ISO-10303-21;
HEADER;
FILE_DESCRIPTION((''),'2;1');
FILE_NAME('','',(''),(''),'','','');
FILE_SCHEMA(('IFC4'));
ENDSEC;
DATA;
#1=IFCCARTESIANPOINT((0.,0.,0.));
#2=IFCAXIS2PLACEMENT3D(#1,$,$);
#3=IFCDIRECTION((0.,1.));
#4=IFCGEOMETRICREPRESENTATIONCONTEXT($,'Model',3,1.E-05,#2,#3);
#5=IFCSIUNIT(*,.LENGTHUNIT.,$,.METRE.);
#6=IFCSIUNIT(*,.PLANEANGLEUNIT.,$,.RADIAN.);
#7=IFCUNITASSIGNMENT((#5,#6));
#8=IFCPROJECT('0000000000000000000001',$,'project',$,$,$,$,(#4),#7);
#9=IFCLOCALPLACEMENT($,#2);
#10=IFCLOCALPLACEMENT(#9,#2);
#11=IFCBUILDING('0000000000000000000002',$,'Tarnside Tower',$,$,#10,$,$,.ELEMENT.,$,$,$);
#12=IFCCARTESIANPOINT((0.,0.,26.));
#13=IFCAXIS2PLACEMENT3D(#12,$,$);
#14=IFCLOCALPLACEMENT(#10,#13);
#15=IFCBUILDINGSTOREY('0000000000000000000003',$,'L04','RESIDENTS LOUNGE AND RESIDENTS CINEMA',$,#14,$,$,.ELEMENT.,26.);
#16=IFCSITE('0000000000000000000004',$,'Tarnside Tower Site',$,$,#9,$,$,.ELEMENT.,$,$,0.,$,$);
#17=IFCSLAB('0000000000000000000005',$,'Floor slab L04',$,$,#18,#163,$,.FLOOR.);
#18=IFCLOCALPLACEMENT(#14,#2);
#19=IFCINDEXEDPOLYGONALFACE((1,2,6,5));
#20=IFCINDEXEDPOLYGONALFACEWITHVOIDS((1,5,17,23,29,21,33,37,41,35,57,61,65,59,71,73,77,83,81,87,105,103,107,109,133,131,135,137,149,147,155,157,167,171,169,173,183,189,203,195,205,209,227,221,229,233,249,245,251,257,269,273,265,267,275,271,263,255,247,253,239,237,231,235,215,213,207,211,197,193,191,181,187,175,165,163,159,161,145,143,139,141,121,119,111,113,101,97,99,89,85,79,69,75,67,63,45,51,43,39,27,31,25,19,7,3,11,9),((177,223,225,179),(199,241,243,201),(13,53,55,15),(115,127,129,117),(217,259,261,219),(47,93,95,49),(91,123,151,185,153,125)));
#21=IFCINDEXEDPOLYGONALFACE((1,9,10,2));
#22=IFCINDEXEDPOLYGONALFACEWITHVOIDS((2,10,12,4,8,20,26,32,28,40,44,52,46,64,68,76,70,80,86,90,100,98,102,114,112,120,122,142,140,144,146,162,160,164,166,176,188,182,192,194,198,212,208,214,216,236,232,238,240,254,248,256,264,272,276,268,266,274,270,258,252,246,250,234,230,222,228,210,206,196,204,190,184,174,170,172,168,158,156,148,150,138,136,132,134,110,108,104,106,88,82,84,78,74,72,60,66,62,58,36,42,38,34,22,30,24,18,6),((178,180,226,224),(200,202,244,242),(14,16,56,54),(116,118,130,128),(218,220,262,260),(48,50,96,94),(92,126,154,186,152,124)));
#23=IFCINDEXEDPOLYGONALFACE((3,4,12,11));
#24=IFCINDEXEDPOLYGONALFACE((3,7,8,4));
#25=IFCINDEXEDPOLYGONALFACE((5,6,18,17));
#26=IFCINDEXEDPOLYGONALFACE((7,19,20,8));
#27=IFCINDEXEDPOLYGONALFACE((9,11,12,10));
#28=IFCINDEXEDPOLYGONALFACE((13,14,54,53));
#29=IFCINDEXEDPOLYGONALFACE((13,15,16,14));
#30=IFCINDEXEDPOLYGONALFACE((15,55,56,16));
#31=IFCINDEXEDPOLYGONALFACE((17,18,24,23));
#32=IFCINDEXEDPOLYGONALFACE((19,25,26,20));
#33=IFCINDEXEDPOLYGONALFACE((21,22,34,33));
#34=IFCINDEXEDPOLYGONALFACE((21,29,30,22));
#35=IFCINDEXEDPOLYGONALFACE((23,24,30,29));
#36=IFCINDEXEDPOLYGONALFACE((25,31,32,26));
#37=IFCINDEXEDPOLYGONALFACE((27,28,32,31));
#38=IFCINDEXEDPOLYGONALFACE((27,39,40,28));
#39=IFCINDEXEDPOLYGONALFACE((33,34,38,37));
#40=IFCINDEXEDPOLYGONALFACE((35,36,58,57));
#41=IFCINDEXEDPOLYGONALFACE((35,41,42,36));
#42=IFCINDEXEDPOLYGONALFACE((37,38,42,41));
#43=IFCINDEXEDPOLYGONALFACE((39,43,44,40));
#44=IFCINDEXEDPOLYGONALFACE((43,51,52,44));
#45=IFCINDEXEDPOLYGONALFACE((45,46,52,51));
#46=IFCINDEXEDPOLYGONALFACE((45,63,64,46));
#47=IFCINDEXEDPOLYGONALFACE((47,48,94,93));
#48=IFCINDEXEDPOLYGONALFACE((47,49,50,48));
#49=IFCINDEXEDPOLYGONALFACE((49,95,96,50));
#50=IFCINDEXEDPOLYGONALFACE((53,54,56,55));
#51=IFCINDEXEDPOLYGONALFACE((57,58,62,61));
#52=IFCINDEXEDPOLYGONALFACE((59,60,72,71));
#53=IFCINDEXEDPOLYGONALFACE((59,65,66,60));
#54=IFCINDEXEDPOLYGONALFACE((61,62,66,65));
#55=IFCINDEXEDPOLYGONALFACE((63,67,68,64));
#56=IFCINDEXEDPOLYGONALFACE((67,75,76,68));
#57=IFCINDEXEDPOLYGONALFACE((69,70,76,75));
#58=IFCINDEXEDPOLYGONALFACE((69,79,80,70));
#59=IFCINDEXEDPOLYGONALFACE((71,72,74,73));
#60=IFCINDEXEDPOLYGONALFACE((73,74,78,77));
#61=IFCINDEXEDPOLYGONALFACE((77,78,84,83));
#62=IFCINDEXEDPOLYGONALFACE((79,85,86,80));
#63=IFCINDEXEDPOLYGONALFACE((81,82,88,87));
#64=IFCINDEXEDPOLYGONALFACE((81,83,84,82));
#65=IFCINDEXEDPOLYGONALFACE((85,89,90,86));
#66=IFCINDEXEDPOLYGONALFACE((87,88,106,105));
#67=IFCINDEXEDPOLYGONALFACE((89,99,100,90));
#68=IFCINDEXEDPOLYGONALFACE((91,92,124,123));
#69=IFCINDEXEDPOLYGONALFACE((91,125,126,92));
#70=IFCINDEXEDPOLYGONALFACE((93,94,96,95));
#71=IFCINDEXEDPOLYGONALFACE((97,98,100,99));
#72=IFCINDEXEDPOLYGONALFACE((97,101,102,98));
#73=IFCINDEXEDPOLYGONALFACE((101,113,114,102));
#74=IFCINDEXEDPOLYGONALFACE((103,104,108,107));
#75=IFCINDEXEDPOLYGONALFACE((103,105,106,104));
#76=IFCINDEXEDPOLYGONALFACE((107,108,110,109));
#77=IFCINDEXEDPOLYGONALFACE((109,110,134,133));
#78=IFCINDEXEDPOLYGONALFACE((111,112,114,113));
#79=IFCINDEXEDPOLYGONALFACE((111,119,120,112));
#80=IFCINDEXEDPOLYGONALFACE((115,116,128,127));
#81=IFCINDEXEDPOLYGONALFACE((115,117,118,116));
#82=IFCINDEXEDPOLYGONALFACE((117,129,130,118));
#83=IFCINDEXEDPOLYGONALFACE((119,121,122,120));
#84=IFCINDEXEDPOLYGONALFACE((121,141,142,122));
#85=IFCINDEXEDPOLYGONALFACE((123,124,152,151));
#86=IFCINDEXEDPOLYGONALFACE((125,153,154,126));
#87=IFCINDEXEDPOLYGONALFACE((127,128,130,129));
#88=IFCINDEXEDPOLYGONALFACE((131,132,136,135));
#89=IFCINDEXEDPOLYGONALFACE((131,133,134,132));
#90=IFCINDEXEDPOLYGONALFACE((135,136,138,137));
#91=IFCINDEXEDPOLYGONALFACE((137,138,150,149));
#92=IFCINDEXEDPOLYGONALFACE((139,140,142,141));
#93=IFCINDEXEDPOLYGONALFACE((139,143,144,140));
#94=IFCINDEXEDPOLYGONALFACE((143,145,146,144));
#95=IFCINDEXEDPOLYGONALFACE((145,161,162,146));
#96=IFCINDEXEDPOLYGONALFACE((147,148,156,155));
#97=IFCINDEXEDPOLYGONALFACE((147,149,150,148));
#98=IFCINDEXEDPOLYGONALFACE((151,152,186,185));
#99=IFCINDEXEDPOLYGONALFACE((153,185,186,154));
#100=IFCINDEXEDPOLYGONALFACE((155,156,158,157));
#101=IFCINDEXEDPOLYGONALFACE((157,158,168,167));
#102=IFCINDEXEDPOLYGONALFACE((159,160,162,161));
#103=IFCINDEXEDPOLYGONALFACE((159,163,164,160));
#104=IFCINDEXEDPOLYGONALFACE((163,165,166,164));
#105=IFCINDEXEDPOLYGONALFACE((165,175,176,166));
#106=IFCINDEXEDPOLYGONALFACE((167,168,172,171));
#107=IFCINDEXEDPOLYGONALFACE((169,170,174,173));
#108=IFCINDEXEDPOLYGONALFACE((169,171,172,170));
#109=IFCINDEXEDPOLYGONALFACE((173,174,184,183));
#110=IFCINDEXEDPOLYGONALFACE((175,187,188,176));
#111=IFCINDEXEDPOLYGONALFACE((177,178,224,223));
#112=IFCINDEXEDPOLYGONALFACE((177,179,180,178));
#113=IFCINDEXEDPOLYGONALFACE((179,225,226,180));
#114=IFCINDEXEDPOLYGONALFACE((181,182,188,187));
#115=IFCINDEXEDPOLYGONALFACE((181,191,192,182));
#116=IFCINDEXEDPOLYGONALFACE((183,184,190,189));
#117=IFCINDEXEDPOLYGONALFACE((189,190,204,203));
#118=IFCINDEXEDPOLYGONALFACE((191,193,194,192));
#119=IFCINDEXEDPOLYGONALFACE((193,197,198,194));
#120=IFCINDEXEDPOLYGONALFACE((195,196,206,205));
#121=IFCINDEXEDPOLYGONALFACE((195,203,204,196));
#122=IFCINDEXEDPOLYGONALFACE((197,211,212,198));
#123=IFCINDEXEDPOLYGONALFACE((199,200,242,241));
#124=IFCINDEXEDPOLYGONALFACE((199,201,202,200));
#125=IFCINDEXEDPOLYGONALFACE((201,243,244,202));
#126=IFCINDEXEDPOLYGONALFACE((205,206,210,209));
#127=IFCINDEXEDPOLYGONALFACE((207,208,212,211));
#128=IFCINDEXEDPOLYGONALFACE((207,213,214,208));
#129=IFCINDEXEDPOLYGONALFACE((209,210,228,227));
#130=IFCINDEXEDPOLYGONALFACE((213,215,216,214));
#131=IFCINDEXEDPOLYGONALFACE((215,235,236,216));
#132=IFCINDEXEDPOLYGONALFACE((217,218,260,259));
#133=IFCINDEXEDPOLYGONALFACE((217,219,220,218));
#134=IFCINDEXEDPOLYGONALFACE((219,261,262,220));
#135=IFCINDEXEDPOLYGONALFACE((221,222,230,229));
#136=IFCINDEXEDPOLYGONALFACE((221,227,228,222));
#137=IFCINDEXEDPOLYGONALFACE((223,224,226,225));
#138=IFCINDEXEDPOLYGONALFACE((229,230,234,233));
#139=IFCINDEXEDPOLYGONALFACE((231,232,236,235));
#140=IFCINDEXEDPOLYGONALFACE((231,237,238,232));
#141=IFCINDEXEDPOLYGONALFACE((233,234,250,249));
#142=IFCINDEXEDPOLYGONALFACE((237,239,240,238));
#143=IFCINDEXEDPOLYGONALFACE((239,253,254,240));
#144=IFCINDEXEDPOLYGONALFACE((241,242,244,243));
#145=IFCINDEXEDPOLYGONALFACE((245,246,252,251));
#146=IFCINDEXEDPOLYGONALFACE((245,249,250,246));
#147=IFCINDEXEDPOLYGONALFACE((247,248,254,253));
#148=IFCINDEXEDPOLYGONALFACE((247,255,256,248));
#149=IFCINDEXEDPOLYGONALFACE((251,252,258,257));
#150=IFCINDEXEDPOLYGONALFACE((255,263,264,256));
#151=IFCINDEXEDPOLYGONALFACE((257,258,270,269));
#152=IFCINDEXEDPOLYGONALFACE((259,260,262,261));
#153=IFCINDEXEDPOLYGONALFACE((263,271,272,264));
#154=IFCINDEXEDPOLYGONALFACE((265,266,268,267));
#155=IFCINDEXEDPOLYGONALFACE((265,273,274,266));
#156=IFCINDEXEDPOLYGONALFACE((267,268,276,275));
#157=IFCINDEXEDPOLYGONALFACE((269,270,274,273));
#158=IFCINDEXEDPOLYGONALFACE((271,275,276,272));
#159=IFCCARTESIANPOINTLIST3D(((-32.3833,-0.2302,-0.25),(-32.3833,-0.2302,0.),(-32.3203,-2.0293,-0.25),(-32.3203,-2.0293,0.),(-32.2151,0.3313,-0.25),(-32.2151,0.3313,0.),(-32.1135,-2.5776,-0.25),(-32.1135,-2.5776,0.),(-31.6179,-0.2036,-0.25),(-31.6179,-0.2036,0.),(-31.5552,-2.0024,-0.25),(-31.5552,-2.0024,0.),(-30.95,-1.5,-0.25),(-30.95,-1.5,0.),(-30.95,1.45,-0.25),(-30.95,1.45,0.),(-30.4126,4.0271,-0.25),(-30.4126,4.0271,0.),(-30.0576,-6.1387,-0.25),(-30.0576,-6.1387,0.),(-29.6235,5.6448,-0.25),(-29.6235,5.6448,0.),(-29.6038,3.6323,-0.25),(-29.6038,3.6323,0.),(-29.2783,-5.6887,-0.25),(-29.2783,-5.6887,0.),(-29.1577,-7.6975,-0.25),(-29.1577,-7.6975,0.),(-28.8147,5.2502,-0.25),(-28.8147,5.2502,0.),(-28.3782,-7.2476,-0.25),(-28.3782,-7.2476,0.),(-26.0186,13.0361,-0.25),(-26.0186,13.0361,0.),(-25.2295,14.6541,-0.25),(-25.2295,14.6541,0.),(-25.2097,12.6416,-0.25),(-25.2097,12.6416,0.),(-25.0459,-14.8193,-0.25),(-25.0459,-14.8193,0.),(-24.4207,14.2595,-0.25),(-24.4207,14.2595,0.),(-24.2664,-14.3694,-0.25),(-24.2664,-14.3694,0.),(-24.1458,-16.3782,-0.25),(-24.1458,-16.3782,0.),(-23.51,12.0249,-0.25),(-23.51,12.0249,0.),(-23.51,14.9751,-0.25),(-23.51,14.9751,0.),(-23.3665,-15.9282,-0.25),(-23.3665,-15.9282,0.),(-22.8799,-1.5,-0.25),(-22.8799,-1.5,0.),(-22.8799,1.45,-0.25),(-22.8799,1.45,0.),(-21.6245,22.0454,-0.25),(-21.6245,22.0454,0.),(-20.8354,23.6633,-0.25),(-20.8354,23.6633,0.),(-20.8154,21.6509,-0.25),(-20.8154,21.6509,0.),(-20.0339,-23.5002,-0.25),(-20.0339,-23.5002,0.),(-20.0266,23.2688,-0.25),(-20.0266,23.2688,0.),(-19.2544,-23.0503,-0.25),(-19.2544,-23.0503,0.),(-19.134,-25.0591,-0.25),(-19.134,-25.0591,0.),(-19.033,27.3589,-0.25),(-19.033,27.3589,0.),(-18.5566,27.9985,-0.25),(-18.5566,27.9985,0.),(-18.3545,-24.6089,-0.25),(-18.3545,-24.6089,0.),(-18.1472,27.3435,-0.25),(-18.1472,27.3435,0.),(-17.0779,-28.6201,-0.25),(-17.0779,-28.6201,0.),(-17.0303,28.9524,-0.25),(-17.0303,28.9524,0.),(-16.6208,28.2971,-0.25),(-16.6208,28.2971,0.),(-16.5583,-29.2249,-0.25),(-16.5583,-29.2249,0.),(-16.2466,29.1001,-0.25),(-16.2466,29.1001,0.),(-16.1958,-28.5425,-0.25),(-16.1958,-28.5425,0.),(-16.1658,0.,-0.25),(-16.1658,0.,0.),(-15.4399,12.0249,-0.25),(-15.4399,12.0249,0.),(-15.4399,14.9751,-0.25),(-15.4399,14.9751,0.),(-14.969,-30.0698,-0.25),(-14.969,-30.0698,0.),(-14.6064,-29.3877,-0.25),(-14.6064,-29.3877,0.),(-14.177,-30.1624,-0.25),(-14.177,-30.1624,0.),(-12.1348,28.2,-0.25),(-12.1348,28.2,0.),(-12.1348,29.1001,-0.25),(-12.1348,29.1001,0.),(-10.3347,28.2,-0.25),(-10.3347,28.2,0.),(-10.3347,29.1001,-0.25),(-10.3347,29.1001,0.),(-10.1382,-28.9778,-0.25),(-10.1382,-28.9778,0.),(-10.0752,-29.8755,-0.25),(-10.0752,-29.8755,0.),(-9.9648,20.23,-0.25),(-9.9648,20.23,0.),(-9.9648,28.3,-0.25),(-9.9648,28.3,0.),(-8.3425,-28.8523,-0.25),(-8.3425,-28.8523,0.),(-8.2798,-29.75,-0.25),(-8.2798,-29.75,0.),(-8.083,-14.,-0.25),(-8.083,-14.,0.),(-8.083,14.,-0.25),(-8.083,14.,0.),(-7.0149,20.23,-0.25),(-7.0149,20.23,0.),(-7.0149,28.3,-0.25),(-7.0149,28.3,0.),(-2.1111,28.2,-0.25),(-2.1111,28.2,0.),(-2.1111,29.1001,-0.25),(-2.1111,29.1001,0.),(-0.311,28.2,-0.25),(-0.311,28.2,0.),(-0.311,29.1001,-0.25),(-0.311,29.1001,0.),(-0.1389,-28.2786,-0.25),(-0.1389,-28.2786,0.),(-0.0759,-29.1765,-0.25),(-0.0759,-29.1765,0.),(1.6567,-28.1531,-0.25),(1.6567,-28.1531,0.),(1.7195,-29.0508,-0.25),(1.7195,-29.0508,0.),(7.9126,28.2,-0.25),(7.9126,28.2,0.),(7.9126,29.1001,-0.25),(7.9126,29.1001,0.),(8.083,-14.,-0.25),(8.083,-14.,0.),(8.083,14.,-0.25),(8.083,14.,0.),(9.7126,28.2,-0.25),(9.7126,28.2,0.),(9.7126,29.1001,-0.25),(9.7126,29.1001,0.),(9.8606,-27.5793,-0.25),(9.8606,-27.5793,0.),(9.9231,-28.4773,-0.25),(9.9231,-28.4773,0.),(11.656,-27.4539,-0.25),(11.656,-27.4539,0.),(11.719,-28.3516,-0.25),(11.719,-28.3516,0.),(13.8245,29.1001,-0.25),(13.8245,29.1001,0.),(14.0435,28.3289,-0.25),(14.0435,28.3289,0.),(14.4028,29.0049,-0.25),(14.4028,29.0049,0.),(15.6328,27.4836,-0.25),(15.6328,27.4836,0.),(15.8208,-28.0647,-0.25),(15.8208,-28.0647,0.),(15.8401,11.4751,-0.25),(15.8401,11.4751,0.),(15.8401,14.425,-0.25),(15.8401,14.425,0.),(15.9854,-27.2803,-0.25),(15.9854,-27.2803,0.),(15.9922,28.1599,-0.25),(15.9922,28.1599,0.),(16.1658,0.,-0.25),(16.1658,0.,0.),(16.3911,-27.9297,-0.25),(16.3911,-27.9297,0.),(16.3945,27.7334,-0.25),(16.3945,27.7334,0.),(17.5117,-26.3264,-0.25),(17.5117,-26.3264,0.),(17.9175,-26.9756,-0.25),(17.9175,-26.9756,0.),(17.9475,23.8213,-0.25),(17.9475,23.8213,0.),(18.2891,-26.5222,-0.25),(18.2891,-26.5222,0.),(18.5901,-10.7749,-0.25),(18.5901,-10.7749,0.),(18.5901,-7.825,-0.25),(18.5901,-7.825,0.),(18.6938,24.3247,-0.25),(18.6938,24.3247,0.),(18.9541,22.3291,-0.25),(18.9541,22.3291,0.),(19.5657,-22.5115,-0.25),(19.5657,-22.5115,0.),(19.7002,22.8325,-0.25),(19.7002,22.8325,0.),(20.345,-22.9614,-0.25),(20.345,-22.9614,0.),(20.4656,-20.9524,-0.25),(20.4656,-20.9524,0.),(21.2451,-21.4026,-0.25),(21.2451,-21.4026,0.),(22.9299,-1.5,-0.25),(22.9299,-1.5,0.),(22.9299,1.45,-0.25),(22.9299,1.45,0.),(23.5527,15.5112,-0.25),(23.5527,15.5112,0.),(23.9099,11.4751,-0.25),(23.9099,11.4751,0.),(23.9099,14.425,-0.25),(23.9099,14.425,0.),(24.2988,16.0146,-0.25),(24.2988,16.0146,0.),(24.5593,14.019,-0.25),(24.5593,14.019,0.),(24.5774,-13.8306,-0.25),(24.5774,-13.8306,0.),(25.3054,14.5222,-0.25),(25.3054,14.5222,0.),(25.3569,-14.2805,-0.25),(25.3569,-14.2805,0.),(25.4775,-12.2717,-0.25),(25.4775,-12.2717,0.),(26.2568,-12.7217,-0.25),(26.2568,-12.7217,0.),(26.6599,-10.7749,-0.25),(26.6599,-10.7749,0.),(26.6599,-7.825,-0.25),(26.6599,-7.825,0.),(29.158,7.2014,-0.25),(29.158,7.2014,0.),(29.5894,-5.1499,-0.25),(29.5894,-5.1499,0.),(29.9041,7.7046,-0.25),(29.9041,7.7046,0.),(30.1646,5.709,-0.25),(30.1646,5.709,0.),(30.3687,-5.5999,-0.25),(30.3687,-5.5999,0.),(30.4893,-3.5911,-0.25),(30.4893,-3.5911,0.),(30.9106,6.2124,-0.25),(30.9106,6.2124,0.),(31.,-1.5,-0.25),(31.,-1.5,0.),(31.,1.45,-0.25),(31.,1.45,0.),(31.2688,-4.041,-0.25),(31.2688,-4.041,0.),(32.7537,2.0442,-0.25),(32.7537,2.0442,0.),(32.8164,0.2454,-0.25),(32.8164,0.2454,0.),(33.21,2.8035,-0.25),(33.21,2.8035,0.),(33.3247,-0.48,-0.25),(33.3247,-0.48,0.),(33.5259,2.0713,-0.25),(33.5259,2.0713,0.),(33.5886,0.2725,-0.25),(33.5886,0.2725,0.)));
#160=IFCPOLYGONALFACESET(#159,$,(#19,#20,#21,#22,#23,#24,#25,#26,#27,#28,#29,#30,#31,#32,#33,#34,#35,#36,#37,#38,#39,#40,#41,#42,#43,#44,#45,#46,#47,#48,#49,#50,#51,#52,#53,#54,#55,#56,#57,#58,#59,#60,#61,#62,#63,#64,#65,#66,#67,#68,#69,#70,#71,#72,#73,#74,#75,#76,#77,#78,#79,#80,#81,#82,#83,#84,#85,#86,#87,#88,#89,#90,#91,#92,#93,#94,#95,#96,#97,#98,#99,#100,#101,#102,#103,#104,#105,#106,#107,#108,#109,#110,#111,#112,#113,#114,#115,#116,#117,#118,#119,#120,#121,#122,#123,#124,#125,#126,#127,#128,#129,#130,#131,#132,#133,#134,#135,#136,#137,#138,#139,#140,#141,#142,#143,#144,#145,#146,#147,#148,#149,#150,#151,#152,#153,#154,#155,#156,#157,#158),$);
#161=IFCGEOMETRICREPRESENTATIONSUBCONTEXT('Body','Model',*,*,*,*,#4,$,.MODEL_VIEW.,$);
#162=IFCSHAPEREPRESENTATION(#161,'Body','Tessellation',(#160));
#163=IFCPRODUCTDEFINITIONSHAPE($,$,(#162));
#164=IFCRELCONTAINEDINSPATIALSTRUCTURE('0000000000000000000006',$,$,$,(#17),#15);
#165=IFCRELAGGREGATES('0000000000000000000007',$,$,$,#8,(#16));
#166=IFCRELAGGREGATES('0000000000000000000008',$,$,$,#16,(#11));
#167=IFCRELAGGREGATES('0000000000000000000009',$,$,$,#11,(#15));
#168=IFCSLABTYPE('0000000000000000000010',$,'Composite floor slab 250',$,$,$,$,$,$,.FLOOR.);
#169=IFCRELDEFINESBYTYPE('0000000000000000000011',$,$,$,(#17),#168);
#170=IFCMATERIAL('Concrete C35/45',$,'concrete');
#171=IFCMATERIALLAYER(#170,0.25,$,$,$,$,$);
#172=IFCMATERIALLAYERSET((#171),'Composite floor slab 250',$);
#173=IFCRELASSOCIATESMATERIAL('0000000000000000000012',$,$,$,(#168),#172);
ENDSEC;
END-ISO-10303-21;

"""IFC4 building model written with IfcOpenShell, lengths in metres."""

from ifc_helpers import new_model, si_unit, direction, frame, origin, place, context, subcontext, project, spatial, polyline, outline, extrude, material, layer, layer_set, type_object, element, save


model = new_model("IFC4")

# Units and contexts
model_context = context("Model", 3, precision=1e-05, world=origin(), true_north=direction((0.0, 1.0)))
body_context = subcontext(model_context, "Body", "Model", "MODEL_VIEW")
ifc_project = project(units=[si_unit("LENGTHUNIT", "METRE"), si_unit("PLANEANGLEUNIT", "RADIAN")], contexts=[model_context])

# Site, building, storey
site_placement = place(None, origin())
site = spatial("IfcSite", under=ifc_project, at=site_placement, Name="Tarnside Tower Site", CompositionType="ELEMENT", RefElevation=0.0)
building_placement = place(site_placement, origin())
building = spatial("IfcBuilding", under=site, at=building_placement, Name="Tarnside Tower", CompositionType="ELEMENT")
storey_placement = place(building_placement, frame((0.0, 0.0, 26.0)))
storey = spatial("IfcBuildingStorey", under=building, at=storey_placement, Name="L04", Description="RESIDENTS LOUNGE AND RESIDENTS CINEMA", CompositionType="ELEMENT", Elevation=26.0)

# Slab
ifc_material_1 = material(Name="Concrete C35/45", Category="concrete")
ifc_layer_1 = layer(ifc_material_1, 0.25)
ifc_layer_set_1 = layer_set([ifc_layer_1], Name="Composite floor slab 250")
slab_type_1 = type_object("IfcSlabType", Name="Composite floor slab 250", PredefinedType="FLOOR", material=ifc_layer_set_1)
slab_1_placement = place(storey_placement, frame((0.0, 0.0, -0.25)))
element("IfcSlab", 1, at=slab_1_placement, inside=storey, type_object=slab_type_1, Name="Floor slab L04", PredefinedType="FLOOR", context=body_context, shape_type="SweptSolid", body=[
    extrude(outline(polyline([(23.5527, 15.5112), (24.5593, 14.019), (25.3054, 14.5222), (29.9041, 7.7046), (29.158, 7.2014), (30.1646, 5.709), (30.9106, 6.2124), (33.21, 2.8035), (33.5259, 2.0713), (32.7537, 2.0442), (32.8164, 0.2454), (33.5886, 0.2725), (33.3247, -0.48), (31.2688, -4.041), (30.4893, -3.5911), (29.5894, -5.1499), (30.3687, -5.5999), (26.2568, -12.7217), (25.4775, -12.2717), (24.5774, -13.8306), (25.3569, -14.2805), (21.2451, -21.4026), (20.4656, -20.9524), (19.5657, -22.5115), (20.345, -22.9614), (18.2891, -26.5222), (17.9175, -26.9756), (17.5117, -26.3264), (15.9854, -27.2803), (16.3911, -27.9297), (15.8208, -28.0647), (11.719, -28.3516), (11.656, -27.4539), (9.8606, -27.5793), (9.9231, -28.4773), (1.7195, -29.0508), (1.6567, -28.1531), (-0.1389, -28.2786), (-0.0759, -29.1765), (-8.2798, -29.75), (-8.3425, -28.8523), (-10.1382, -28.9778), (-10.0752, -29.8755), (-14.177, -30.1624), (-14.969, -30.0698), (-14.6064, -29.3877), (-16.1958, -28.5425), (-16.5583, -29.2249), (-17.0779, -28.6201), (-19.134, -25.0591), (-18.3545, -24.6089), (-19.2544, -23.0503), (-20.0339, -23.5002), (-24.1458, -16.3782), (-23.3665, -15.9282), (-24.2664, -14.3694), (-25.0459, -14.8193), (-29.1577, -7.6975), (-28.3782, -7.2476), (-29.2783, -5.6887), (-30.0576, -6.1387), (-32.1135, -2.5776), (-32.3203, -2.0293), (-31.5552, -2.0024), (-31.6179, -0.2036), (-32.3833, -0.2302), (-32.2151, 0.3313), (-30.4126, 4.0271), (-29.6038, 3.6323), (-28.8147, 5.2502), (-29.6235, 5.6448), (-26.0186, 13.0361), (-25.2097, 12.6416), (-24.4207, 14.2595), (-25.2295, 14.6541), (-21.6245, 22.0454), (-20.8154, 21.6509), (-20.0266, 23.2688), (-20.8354, 23.6633), (-19.033, 27.3589), (-18.5566, 27.9985), (-18.1472, 27.3435), (-16.6208, 28.2971), (-17.0303, 28.9524), (-16.2466, 29.1001), (-12.1348, 29.1001), (-12.1348, 28.2), (-10.3347, 28.2), (-10.3347, 29.1001), (-2.1111, 29.1001), (-2.1111, 28.2), (-0.311, 28.2), (-0.311, 29.1001), (7.9126, 29.1001), (7.9126, 28.2), (9.7126, 28.2), (9.7126, 29.1001), (13.8245, 29.1001), (14.4028, 29.0049), (14.0435, 28.3289), (15.6328, 27.4836), (15.9922, 28.1599), (16.3945, 27.7334), (18.6938, 24.3247), (17.9475, 23.8213), (18.9541, 22.3291), (19.7002, 22.8325), (24.2988, 16.0146), (23.5527, 15.5112)]), holes=[polyline([(-8.083, -14.0), (8.083, -14.0), (16.1658, 0.0), (8.083, 14.0), (-8.083, 14.0), (-16.1658, 0.0), (-8.083, -14.0)]), polyline([(-7.0149, 20.23), (-7.0149, 28.3), (-9.9648, 28.3), (-9.9648, 20.23), (-7.0149, 20.23)]), polyline([(-22.8799, -1.5), (-22.8799, 1.45), (-30.95, 1.45), (-30.95, -1.5), (-22.8799, -1.5)]), polyline([(31.0, 1.45), (22.9299, 1.45), (22.9299, -1.5), (31.0, -1.5), (31.0, 1.45)]), polyline([(23.9099, 11.4751), (23.9099, 14.425), (15.8401, 14.425), (15.8401, 11.4751), (23.9099, 11.4751)]), polyline([(18.5901, -10.7749), (26.6599, -10.7749), (26.6599, -7.825), (18.5901, -7.825), (18.5901, -10.7749)]), polyline([(-15.4399, 12.0249), (-15.4399, 14.9751), (-23.51, 14.9751), (-23.51, 12.0249), (-15.4399, 12.0249)])]), origin(), (0.0, 0.0, 1.0), 0.25),
])

save(model, "model.ifc")
